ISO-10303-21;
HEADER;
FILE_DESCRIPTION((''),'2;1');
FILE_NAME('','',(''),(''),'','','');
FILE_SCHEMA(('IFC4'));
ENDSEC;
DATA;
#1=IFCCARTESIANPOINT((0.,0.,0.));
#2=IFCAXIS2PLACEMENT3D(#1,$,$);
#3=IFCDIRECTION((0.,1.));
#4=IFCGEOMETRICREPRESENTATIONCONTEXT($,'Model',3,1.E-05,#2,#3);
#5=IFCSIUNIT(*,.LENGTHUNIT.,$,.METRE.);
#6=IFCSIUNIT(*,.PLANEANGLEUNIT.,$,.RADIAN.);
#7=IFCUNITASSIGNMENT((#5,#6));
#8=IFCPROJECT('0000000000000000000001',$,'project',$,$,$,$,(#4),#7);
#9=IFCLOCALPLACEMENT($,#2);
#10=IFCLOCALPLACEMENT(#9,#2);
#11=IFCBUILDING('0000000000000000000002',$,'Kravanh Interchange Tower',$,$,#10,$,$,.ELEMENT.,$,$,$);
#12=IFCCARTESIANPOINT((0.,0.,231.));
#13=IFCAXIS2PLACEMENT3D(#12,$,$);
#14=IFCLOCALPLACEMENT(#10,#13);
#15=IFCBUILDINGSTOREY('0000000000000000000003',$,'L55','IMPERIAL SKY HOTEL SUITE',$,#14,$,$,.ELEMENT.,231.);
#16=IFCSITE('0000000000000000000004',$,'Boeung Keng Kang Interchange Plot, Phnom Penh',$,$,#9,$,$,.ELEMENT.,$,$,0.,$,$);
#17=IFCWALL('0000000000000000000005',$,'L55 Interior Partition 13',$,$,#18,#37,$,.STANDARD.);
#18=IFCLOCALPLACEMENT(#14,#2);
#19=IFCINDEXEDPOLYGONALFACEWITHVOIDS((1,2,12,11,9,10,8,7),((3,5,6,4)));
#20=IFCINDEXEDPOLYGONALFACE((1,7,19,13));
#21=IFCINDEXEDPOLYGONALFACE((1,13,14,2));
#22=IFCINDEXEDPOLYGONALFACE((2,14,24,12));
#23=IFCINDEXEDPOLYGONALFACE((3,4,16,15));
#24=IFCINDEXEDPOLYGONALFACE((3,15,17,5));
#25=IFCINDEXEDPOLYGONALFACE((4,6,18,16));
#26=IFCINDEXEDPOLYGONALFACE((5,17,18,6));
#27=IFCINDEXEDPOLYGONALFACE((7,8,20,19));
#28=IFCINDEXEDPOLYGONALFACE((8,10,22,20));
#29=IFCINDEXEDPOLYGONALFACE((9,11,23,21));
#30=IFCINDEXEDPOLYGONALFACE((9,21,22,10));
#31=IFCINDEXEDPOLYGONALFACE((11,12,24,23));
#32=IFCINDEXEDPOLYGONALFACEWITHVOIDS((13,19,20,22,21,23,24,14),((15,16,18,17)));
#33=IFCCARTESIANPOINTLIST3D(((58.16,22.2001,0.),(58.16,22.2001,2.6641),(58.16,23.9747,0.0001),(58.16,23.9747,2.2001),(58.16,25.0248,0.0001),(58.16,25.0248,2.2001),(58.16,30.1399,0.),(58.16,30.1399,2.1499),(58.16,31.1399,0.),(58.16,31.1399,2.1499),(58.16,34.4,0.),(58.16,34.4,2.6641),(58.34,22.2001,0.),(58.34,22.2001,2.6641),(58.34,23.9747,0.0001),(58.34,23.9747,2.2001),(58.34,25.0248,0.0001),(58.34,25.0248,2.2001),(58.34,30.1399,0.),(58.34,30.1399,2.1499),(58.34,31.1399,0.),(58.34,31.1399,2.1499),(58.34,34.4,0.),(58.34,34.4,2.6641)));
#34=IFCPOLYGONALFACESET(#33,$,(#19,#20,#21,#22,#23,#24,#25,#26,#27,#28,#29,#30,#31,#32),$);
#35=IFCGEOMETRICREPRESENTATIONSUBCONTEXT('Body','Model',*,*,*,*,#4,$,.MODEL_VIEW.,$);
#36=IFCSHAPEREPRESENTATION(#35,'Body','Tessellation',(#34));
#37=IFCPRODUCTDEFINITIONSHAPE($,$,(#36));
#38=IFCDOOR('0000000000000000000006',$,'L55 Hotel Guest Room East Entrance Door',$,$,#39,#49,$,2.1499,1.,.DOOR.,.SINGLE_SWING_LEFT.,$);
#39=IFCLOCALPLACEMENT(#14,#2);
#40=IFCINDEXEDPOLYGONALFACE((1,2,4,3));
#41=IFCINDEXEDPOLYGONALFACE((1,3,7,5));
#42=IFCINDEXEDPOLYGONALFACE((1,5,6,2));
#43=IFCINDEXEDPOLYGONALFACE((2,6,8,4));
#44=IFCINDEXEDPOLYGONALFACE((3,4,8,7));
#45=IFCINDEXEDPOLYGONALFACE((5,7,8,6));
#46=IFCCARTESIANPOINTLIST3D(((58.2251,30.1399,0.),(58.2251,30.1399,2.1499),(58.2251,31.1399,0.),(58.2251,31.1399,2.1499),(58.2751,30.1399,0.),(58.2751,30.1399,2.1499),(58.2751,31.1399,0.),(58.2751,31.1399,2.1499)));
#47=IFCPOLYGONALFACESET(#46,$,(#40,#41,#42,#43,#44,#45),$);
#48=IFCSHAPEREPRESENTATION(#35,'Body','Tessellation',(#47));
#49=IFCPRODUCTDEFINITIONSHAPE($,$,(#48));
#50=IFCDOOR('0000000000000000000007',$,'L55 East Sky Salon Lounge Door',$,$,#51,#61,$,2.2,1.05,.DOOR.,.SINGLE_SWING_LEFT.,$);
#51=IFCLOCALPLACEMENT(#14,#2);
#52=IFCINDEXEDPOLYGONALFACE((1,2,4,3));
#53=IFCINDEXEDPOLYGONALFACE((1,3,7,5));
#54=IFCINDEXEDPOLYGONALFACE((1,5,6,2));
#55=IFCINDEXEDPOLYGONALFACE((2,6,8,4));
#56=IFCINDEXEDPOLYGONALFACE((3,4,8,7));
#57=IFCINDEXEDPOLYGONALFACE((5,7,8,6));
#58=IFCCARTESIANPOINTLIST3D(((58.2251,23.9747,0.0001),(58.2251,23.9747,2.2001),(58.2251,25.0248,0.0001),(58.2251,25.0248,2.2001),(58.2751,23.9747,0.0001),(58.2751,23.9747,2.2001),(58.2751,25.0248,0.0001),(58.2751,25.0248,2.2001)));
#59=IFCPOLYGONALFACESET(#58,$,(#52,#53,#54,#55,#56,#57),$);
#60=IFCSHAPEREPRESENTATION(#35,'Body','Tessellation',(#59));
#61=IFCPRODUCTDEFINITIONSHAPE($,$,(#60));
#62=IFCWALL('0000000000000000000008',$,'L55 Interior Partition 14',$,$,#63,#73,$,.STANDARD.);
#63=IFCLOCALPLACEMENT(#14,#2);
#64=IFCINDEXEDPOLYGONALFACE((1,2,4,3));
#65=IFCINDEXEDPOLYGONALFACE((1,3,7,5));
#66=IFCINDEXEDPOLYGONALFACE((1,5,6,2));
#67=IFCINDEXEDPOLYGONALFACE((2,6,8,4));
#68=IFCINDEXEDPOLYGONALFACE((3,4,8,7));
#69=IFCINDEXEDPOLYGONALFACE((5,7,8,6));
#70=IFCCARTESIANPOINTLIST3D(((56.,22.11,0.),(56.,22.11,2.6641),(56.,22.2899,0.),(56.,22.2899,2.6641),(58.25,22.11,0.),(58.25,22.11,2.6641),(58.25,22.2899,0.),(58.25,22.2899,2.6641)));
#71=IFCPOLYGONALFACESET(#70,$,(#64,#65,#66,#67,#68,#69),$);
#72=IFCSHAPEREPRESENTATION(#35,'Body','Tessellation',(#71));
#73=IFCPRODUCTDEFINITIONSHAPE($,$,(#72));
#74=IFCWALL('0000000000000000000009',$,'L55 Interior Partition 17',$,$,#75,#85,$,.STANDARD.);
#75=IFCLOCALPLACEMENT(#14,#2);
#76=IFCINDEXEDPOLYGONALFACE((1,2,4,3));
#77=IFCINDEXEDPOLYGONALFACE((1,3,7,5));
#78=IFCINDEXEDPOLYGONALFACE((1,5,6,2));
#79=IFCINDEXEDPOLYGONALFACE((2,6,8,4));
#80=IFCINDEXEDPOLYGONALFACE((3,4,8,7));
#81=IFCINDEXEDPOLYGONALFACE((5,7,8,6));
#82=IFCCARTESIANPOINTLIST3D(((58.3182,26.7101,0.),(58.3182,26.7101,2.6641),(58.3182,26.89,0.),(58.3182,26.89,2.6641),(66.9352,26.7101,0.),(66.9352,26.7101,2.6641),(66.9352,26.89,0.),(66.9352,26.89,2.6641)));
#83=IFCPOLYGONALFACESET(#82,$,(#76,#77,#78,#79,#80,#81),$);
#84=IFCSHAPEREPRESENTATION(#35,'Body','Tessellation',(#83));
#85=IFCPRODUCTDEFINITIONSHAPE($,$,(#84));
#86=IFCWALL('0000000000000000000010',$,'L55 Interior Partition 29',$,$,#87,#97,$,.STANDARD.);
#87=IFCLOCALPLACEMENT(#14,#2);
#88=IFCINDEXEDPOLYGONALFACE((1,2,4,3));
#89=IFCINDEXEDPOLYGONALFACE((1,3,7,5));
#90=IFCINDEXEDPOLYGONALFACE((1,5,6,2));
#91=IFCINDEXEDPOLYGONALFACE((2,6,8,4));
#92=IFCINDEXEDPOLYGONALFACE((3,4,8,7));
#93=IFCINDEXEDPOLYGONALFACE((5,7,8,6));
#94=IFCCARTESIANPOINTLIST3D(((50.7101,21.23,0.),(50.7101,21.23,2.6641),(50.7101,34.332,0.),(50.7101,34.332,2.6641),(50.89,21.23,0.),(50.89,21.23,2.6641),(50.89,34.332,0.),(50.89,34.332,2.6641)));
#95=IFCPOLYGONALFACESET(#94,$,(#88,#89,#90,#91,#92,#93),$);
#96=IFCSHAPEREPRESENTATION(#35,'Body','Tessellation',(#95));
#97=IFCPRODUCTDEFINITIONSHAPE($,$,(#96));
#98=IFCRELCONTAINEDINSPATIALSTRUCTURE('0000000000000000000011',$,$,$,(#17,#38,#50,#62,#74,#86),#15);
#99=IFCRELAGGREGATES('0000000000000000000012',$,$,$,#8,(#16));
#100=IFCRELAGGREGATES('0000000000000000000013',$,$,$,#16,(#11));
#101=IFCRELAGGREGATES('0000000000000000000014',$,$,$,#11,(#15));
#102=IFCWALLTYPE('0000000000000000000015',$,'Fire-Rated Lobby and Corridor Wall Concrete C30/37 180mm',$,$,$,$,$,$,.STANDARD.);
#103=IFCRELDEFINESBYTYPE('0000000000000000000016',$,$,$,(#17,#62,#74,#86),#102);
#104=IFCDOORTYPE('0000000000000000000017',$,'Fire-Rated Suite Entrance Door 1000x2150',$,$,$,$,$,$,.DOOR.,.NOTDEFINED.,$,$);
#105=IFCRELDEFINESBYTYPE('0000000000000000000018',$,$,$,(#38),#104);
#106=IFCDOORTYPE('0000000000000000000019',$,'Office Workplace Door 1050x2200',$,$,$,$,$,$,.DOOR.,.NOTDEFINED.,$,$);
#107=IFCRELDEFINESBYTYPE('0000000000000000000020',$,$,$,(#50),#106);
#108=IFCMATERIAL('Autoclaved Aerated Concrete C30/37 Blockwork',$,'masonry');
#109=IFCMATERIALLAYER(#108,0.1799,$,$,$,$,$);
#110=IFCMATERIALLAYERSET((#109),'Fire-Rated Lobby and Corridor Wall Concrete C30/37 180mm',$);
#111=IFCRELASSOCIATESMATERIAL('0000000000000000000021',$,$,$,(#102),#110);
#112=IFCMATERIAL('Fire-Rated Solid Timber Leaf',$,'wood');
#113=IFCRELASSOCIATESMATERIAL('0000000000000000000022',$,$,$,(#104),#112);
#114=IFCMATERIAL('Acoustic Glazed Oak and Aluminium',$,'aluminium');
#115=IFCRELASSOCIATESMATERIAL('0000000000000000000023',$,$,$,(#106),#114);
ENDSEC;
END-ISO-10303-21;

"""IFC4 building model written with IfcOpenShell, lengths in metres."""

from ifc_helpers import new_model, si_unit, direction, frame, frame_2d, origin, place, context, subcontext, project, spatial, rectangle, extrude, material, layer, layer_set, type_object, element, fill, save


model = new_model("IFC4")

# Units and contexts
model_context = context("Model", 3, precision=1e-05, world=origin(), true_north=direction((0.0, 1.0)))
body_context = subcontext(model_context, "Body", "Model", "MODEL_VIEW")
ifc_project = project(units=[si_unit("LENGTHUNIT", "METRE"), si_unit("PLANEANGLEUNIT", "RADIAN")], contexts=[model_context])

# Site, building, storey
site_placement = place(None, origin())
site = spatial("IfcSite", under=ifc_project, at=site_placement, Name="Boeung Keng Kang Interchange Plot, Phnom Penh", CompositionType="ELEMENT", RefElevation=0.0)
building_placement = place(site_placement, origin())
building = spatial("IfcBuilding", under=site, at=building_placement, Name="Kravanh Interchange Tower", CompositionType="ELEMENT")
storey_placement = place(building_placement, frame((0.0, 0.0, 231.0)))
storey = spatial("IfcBuildingStorey", under=building, at=storey_placement, Name="L55", Description="IMPERIAL SKY HOTEL SUITE", CompositionType="ELEMENT", Elevation=231.0)

# Shared definitions
ifc_material_1 = material(Name="Autoclaved Aerated Concrete C30/37 Blockwork", Category="masonry")
ifc_layer_1 = layer(ifc_material_1, 0.1799)
ifc_layer_set_1 = layer_set([ifc_layer_1], Name="Fire-Rated Lobby and Corridor Wall Concrete C30/37 180mm")
wall_type_1 = type_object("IfcWallType", Name="Fire-Rated Lobby and Corridor Wall Concrete C30/37 180mm", PredefinedType="STANDARD", material=ifc_layer_set_1)

# Wall, openings, doors
wall_1_placement = place(storey_placement, frame((58.25, 22.2, 0.0), z_axis=(0.0, 0.0, 1.0), x_axis=(0.0, 1.0, 0.0)))
wall_1 = element("IfcWall", 1, at=wall_1_placement, inside=storey, type_object=wall_type_1, Name="L55 Interior Partition 13", PredefinedType="STANDARD", context=body_context, shape_type="SweptSolid", body=[
    extrude(rectangle(XDim=12.2, YDim=0.1799, at=frame_2d((6.1001, 0.0))), origin(), (0.0, 0.0, 1.0), 2.6641),
])
opening_1_placement = place(wall_1_placement, frame((1.7749, 0.0, 0.0)))
opening_1 = element("IfcOpeningElement", 2, at=opening_1_placement, cuts=wall_1, PredefinedType="OPENING", context=body_context, shape_type="SweptSolid", body=[
    extrude(rectangle(XDim=1.05, YDim=2.2, at=frame_2d((0.5249, 1.1001))), frame((0.0, 0.1001, 0.0), z_axis=(0.0, -1.0, 0.0), x_axis=(1.0, 0.0, 0.0)), (0.0, 0.0, 1.0), 0.2),
])
opening_2_placement = place(wall_1_placement, frame((7.9399, 0.0, 0.0)))
opening_2 = element("IfcOpeningElement", 3, at=opening_2_placement, cuts=wall_1, PredefinedType="OPENING", context=body_context, shape_type="SweptSolid", body=[
    extrude(rectangle(XDim=1.0, YDim=2.1499, at=frame_2d((0.5, 1.075))), frame((0.0, 0.1001, 0.0), z_axis=(0.0, -1.0, 0.0), x_axis=(1.0, 0.0, 0.0)), (0.0, 0.0, 1.0), 0.2),
])
ifc_material_2 = material(Name="Fire-Rated Solid Timber Leaf", Category="wood")
door_type_1 = type_object("IfcDoorType", Name="Fire-Rated Suite Entrance Door 1000x2150", OperationType="NOTDEFINED", PredefinedType="DOOR", material=ifc_material_2)
door_1_placement = place(opening_2_placement, origin())
door_1 = element("IfcDoor", 4, at=door_1_placement, inside=storey, type_object=door_type_1, Name="L55 Hotel Guest Room East Entrance Door", OperationType="SINGLE_SWING_LEFT", OverallHeight=2.1499, OverallWidth=1.0, PredefinedType="DOOR", context=body_context, shape_type="SweptSolid", body=[
    extrude(rectangle(XDim=1.0, YDim=2.1499, at=frame_2d((0.5, 1.075))), frame((0.0, 0.0249, 0.0), z_axis=(0.0, -1.0, 0.0), x_axis=(1.0, 0.0, 0.0)), (0.0, 0.0, 1.0), 0.05),
])
fill(opening_2, door_1)
ifc_material_3 = material(Name="Acoustic Glazed Oak and Aluminium", Category="aluminium")
door_type_2 = type_object("IfcDoorType", Name="Office Workplace Door 1050x2200", OperationType="NOTDEFINED", PredefinedType="DOOR", material=ifc_material_3)
door_2_placement = place(opening_1_placement, origin())
door_2 = element("IfcDoor", 5, at=door_2_placement, inside=storey, type_object=door_type_2, Name="L55 East Sky Salon Lounge Door", OperationType="SINGLE_SWING_LEFT", OverallHeight=2.2, OverallWidth=1.05, PredefinedType="DOOR", context=body_context, shape_type="SweptSolid", body=[
    extrude(rectangle(XDim=1.05, YDim=2.2, at=frame_2d((0.5249, 1.1001))), frame((0.0, 0.0249, 0.0), z_axis=(0.0, -1.0, 0.0), x_axis=(1.0, 0.0, 0.0)), (0.0, 0.0, 1.0), 0.05),
])
fill(opening_1, door_2)

# Walls
wall_2_placement = place(storey_placement, frame((56.0, 22.2, 0.0), z_axis=(0.0, 0.0, 1.0), x_axis=(1.0, 0.0, 0.0)))
element("IfcWall", 6, at=wall_2_placement, inside=storey, type_object=wall_type_1, Name="L55 Interior Partition 14", PredefinedType="STANDARD", context=body_context, shape_type="SweptSolid", body=[
    extrude(rectangle(XDim=2.25, YDim=0.1799, at=frame_2d((1.125, 0.0))), origin(), (0.0, 0.0, 1.0), 2.6641),
])
wall_3_placement = place(storey_placement, frame((58.3181, 26.8, 0.0), z_axis=(0.0, 0.0, 1.0), x_axis=(1.0, 0.0, 0.0)))
element("IfcWall", 7, at=wall_3_placement, inside=storey, type_object=wall_type_1, Name="L55 Interior Partition 17", PredefinedType="STANDARD", context=body_context, shape_type="SweptSolid", body=[
    extrude(rectangle(XDim=8.6169, YDim=0.1799, at=frame_2d((4.3086, 0.0))), origin(), (0.0, 0.0, 1.0), 2.6641),
])
wall_4_placement = place(storey_placement, frame((50.8, 21.23, 0.0), z_axis=(0.0, 0.0, 1.0), x_axis=(0.0, 1.0, 0.0)))
element("IfcWall", 8, at=wall_4_placement, inside=storey, type_object=wall_type_1, Name="L55 Interior Partition 29", PredefinedType="STANDARD", context=body_context, shape_type="SweptSolid", body=[
    extrude(rectangle(XDim=13.1021, YDim=0.1799, at=frame_2d((6.551, 0.0))), origin(), (0.0, 0.0, 1.0), 2.6641),
])

save(model, "model.ifc")
